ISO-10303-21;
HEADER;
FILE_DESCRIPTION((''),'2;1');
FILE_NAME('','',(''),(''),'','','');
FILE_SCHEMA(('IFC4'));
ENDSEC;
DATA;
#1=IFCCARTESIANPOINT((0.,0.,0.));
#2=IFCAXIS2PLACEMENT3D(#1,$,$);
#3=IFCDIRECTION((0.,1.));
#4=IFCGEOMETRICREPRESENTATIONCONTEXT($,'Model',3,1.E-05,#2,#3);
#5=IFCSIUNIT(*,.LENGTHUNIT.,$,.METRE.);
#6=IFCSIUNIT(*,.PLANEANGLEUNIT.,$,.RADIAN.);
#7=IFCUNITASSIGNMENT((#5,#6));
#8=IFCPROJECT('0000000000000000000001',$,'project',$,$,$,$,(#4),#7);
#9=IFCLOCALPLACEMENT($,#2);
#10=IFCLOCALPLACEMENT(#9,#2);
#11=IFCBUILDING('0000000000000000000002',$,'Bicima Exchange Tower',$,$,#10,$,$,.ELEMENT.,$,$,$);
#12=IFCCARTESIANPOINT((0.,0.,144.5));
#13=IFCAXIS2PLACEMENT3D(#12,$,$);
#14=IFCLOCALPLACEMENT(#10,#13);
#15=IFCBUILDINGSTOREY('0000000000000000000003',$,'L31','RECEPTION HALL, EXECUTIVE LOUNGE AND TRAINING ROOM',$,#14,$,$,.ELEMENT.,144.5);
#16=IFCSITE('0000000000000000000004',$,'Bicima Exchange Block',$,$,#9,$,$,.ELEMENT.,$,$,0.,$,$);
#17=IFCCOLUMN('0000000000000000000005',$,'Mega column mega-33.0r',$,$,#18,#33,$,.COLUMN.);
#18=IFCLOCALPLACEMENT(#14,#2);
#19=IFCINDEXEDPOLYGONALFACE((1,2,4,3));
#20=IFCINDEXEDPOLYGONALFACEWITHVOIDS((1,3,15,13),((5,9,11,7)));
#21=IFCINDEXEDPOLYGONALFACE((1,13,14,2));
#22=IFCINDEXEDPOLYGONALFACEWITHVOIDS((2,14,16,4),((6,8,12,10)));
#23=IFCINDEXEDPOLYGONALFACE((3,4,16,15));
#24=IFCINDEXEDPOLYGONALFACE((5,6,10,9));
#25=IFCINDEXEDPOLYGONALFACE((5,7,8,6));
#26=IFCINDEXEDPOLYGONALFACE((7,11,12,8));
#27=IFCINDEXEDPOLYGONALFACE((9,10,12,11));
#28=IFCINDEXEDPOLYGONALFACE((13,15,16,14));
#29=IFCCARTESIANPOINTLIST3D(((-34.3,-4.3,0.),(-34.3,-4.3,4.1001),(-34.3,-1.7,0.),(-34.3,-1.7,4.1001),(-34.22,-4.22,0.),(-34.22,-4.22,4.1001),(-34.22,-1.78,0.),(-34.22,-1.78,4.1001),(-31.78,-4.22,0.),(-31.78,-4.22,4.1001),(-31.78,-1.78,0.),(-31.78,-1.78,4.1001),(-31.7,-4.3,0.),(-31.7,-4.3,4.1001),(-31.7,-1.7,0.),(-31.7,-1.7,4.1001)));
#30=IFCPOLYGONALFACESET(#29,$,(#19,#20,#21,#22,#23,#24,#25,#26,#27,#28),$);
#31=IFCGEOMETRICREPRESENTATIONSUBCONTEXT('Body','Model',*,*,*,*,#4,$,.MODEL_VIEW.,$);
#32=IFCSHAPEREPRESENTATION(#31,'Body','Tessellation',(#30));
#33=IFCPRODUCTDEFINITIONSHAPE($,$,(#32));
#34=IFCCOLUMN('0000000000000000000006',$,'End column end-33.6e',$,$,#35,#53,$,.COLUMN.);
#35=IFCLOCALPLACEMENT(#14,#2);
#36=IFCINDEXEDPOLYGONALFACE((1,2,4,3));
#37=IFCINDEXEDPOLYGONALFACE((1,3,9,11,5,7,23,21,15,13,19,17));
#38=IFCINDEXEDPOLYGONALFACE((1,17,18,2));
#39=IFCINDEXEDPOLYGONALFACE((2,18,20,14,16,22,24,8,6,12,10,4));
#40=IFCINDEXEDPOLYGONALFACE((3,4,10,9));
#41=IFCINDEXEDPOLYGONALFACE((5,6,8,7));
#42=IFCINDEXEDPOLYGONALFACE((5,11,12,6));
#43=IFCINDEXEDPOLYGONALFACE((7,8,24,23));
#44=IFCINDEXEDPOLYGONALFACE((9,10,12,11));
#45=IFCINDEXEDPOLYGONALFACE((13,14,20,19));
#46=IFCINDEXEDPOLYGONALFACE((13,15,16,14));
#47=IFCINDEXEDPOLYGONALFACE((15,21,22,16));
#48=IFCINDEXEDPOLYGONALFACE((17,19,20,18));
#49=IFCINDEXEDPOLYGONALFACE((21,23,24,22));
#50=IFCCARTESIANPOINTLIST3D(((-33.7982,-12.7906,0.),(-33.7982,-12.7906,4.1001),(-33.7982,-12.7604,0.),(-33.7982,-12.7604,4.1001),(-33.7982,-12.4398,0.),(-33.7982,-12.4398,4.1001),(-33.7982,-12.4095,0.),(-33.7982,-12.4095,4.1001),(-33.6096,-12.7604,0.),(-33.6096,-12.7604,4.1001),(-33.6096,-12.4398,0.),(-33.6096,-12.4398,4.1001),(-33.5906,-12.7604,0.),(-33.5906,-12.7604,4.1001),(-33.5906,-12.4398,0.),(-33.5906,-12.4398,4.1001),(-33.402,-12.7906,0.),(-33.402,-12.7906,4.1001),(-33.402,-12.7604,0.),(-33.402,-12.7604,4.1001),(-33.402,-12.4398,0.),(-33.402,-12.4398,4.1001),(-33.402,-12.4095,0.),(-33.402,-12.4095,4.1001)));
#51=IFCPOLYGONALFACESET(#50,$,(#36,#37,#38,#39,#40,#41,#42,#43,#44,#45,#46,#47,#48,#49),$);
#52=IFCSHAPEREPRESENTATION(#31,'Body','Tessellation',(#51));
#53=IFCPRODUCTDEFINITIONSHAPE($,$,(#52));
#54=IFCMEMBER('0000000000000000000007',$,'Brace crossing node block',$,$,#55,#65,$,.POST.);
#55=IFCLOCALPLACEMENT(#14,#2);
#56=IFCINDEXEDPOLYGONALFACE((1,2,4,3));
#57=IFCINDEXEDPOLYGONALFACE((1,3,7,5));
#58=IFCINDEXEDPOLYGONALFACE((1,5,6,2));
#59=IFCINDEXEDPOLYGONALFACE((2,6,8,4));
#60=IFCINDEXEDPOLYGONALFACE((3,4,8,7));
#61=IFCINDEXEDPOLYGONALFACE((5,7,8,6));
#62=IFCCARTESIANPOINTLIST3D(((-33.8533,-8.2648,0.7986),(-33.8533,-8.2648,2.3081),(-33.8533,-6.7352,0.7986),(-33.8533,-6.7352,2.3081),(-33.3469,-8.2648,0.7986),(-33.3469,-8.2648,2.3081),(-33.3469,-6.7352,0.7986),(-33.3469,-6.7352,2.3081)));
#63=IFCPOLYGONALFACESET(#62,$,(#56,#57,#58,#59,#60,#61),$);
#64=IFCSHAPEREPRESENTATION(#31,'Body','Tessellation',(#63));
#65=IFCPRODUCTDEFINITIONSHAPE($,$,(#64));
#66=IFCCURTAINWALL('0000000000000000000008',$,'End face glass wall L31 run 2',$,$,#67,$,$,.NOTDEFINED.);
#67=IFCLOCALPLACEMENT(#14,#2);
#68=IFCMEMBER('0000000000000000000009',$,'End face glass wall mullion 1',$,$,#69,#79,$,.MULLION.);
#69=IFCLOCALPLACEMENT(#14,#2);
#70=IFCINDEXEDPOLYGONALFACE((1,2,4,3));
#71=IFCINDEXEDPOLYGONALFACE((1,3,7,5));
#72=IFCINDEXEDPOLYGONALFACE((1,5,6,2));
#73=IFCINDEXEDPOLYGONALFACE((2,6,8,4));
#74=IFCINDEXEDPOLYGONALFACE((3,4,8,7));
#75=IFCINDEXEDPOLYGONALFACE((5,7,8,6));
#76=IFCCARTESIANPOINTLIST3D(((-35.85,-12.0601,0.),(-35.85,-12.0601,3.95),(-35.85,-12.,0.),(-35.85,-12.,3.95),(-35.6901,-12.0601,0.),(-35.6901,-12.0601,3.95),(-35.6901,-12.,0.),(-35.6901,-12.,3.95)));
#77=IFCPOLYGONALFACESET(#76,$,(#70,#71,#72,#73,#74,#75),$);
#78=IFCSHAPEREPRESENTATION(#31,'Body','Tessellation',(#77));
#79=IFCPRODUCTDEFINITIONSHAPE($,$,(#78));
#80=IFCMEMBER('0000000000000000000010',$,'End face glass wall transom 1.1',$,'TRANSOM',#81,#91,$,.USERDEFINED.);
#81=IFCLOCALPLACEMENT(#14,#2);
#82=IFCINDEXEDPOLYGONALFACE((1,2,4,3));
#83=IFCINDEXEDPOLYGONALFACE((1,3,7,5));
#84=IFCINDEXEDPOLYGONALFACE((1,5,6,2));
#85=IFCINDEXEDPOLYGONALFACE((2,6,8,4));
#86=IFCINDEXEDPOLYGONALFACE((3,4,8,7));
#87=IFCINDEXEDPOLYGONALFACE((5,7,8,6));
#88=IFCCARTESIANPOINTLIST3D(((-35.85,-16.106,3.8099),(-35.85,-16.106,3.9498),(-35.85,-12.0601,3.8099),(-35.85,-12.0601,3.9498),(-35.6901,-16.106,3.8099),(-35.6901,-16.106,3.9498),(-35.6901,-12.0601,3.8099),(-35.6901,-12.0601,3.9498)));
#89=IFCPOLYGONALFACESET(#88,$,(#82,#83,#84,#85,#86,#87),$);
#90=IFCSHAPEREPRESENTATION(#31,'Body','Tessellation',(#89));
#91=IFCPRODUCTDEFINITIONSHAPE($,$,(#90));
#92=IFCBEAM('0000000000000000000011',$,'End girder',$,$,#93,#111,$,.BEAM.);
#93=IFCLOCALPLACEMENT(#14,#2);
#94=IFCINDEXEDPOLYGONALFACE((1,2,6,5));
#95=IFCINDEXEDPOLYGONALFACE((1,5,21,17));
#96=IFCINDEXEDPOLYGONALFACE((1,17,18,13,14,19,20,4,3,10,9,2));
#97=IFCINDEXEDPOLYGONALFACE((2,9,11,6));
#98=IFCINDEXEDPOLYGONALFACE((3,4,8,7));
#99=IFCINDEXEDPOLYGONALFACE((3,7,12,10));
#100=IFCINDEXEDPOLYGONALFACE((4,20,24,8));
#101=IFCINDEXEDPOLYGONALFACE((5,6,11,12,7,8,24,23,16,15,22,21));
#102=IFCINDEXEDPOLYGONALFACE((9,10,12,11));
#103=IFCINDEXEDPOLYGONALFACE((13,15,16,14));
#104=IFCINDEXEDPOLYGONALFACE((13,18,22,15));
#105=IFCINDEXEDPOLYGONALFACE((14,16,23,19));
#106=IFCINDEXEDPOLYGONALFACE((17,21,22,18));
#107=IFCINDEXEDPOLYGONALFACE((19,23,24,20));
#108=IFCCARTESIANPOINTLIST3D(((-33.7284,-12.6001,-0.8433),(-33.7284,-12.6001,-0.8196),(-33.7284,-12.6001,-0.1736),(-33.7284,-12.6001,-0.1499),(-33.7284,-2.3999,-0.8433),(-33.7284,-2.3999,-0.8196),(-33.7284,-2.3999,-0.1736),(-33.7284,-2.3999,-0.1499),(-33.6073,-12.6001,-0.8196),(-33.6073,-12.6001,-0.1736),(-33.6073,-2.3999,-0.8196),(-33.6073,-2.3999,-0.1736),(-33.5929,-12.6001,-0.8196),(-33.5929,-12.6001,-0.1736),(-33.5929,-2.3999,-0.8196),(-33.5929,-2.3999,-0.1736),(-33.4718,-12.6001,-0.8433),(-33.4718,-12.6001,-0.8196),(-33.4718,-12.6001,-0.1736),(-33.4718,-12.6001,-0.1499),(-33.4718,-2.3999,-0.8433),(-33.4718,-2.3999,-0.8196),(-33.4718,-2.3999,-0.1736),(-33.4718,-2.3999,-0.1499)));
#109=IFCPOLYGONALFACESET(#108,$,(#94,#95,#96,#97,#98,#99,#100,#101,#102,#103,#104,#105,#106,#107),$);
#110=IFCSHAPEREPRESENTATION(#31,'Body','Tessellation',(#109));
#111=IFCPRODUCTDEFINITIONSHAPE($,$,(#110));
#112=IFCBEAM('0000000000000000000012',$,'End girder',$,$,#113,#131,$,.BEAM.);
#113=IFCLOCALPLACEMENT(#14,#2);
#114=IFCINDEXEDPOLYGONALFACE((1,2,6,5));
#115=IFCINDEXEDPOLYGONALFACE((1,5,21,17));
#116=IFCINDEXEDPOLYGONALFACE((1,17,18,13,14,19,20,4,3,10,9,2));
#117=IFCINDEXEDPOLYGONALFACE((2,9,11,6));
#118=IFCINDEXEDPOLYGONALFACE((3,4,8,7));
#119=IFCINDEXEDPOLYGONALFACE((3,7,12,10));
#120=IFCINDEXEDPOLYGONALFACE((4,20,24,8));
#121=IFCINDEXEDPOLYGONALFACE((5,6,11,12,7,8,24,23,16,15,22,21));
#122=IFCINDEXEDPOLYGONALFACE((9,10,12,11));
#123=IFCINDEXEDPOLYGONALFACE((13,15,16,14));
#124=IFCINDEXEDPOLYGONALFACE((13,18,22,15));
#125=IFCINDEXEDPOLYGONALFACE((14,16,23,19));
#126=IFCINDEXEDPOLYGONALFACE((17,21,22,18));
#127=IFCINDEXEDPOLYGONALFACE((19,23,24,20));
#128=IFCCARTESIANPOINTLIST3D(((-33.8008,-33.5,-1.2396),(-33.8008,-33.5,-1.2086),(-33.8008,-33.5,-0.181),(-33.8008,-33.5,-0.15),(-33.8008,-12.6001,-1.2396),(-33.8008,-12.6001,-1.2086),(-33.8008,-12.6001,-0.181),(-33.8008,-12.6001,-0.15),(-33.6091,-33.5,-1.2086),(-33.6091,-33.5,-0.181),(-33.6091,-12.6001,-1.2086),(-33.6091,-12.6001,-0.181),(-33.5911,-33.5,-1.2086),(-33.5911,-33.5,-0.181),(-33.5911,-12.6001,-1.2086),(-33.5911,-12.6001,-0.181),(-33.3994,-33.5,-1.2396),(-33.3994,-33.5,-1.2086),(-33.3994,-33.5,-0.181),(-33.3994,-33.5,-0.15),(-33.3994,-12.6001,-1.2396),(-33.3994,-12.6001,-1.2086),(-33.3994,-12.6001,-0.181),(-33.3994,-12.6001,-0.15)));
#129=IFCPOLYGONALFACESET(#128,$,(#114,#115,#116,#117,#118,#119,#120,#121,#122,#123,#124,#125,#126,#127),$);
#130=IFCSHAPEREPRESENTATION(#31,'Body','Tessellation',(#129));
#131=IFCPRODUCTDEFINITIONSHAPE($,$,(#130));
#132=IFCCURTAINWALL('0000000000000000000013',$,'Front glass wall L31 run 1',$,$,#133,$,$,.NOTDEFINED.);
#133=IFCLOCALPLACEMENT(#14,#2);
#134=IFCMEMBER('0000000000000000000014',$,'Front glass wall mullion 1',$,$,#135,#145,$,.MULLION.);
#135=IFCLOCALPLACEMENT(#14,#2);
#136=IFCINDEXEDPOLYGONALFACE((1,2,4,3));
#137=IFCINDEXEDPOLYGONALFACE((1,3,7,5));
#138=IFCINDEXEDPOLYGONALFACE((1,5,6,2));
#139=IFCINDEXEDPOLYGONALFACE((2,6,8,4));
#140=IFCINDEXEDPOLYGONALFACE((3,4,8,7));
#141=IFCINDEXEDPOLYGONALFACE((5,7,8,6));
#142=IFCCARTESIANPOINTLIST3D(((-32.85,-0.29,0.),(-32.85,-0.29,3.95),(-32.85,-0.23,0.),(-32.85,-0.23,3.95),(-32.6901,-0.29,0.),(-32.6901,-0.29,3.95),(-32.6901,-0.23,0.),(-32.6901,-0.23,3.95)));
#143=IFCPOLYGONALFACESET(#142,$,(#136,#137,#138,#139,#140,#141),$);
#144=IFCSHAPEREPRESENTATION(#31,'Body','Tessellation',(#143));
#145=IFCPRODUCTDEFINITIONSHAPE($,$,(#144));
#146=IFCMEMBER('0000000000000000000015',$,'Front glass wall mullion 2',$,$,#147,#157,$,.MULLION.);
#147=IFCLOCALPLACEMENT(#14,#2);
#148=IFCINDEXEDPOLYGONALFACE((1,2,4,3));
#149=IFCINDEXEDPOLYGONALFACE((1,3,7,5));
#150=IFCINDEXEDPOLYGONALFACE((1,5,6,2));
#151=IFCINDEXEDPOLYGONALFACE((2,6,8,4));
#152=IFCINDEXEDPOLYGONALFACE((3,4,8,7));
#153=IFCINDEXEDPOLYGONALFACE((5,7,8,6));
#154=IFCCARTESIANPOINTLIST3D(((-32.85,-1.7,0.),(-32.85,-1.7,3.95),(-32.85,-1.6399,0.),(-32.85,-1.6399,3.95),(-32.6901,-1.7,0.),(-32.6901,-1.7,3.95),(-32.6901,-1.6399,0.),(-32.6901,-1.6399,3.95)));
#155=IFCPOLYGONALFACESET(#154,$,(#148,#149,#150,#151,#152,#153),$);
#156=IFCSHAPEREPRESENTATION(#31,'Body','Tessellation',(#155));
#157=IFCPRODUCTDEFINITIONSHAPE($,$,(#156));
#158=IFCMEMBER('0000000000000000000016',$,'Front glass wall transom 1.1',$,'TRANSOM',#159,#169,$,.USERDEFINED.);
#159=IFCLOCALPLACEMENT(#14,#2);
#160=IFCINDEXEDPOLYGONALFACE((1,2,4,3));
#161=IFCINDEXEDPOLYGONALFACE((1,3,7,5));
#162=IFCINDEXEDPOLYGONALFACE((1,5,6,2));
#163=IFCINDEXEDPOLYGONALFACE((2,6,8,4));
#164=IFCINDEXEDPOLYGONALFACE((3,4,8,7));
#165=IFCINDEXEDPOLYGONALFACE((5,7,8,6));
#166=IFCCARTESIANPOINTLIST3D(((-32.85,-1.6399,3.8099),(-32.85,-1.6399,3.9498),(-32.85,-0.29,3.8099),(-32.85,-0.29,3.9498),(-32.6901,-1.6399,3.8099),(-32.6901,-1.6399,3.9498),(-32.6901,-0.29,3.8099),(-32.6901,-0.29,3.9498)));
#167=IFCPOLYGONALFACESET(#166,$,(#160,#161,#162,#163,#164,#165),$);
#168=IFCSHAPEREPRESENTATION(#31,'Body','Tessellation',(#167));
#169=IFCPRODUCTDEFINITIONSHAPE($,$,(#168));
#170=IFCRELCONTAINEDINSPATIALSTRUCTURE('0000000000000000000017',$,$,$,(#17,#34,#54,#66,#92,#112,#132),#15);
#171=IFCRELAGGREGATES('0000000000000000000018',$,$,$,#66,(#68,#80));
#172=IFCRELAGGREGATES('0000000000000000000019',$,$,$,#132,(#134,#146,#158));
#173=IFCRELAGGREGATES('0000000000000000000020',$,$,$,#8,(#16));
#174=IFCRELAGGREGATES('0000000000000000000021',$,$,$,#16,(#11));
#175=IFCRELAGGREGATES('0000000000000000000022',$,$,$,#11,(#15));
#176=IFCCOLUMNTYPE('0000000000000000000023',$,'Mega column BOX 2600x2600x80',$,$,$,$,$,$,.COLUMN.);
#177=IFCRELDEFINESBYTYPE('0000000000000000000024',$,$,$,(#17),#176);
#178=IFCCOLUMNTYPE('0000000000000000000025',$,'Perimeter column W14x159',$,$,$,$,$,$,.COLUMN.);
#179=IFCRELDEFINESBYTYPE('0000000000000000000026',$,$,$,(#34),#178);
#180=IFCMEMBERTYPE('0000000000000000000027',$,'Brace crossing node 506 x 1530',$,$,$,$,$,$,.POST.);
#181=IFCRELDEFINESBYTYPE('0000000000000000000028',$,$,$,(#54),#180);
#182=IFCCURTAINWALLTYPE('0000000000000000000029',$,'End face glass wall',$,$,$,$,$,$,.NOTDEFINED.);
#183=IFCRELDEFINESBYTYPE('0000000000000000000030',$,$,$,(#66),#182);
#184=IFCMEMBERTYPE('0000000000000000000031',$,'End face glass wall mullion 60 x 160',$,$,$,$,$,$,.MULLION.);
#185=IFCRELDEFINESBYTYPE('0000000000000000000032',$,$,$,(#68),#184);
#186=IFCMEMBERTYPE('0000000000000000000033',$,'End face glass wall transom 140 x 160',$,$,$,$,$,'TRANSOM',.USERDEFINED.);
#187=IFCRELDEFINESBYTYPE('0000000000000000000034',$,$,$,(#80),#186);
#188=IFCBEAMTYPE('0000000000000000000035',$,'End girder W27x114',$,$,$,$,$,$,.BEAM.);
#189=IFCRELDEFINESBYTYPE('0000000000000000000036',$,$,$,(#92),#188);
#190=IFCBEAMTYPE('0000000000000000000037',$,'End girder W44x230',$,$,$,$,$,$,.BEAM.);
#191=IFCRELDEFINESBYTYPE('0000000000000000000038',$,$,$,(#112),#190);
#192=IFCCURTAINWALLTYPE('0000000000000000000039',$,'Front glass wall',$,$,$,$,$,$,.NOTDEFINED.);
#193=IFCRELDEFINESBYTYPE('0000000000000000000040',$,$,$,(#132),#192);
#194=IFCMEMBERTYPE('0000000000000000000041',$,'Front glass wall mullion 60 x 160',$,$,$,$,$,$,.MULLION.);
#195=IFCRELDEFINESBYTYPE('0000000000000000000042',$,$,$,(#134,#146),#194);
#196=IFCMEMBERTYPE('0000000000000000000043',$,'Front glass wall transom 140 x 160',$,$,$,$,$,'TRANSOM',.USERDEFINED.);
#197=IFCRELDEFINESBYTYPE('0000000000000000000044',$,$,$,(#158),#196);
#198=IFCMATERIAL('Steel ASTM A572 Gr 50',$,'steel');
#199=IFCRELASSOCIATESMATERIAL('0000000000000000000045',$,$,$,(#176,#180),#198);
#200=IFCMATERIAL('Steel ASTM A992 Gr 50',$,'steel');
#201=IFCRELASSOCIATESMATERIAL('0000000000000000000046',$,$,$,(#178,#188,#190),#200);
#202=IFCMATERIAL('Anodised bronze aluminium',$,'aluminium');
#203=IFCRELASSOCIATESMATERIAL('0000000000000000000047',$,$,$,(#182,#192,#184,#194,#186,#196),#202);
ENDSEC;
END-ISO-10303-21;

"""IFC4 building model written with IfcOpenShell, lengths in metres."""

from ifc_helpers import new_model, si_unit, direction, frame, origin, origin_2d, place, context, subcontext, project, spatial, rectangle, hollow_rectangle, i_section, extrude, material, material_profile, profile_set, type_object, element, aggregate, save


model = new_model("IFC4")

# Units and contexts
model_context = context("Model", 3, precision=1e-05, world=origin(), true_north=direction((0.0, 1.0)))
body_context = subcontext(model_context, "Body", "Model", "MODEL_VIEW")
ifc_project = project(units=[si_unit("LENGTHUNIT", "METRE"), si_unit("PLANEANGLEUNIT", "RADIAN")], contexts=[model_context])

# Site, building, storey
site_placement = place(None, origin())
site = spatial("IfcSite", under=ifc_project, at=site_placement, Name="Bicima Exchange Block", CompositionType="ELEMENT", RefElevation=0.0)
building_placement = place(site_placement, origin())
building = spatial("IfcBuilding", under=site, at=building_placement, Name="Bicima Exchange Tower", CompositionType="ELEMENT")
storey_placement = place(building_placement, frame((0.0, 0.0, 144.5)))
storey = spatial("IfcBuildingStorey", under=building, at=storey_placement, Name="L31", Description="RECEPTION HALL, EXECUTIVE LOUNGE AND TRAINING ROOM", CompositionType="ELEMENT", Elevation=144.5)

# Columns
ifc_material_1 = material(Name="Steel ASTM A572 Gr 50", Category="steel")
ifc_material_profile_1 = material_profile(ifc_material_1, hollow_rectangle(XDim=2.6001, YDim=2.6001, WallThickness=0.0801, at=origin_2d()))
ifc_profile_set_1 = profile_set([ifc_material_profile_1], Name="Steel ASTM A572 Gr 50")
column_type_1 = type_object("IfcColumnType", Name="Mega column BOX 2600x2600x80", PredefinedType="COLUMN", material=ifc_profile_set_1)
column_1_placement = place(storey_placement, frame((-33.0, -3.0, 0.0), z_axis=(0.0, 0.0, 1.0), x_axis=(1.0, 0.0, 0.0)))
element("IfcColumn", 1, at=column_1_placement, inside=storey, type_object=column_type_1, Name="Mega column mega-33.0r", PredefinedType="COLUMN", context=body_context, shape_type="SweptSolid", body=[
    extrude(hollow_rectangle(XDim=2.6001, YDim=2.6001, WallThickness=0.0801, at=origin_2d()), origin(), (0.0, 0.0, 1.0), 4.1001),
])
ifc_material_2 = material(Name="Steel ASTM A992 Gr 50", Category="steel")
ifc_material_profile_2 = material_profile(ifc_material_2, i_section(OverallWidth=0.3962, OverallDepth=0.3811, WebThickness=0.019, FlangeThickness=0.0303, at=origin_2d()))
ifc_profile_set_2 = profile_set([ifc_material_profile_2], Name="Steel ASTM A992 Gr 50")
column_type_2 = type_object("IfcColumnType", Name="Perimeter column W14x159", PredefinedType="COLUMN", material=ifc_profile_set_2)
column_2_placement = place(storey_placement, frame((-33.6001, -12.6001, 0.0), z_axis=(0.0, 0.0, 1.0), x_axis=(1.0, 0.0, 0.0)))
element("IfcColumn", 2, at=column_2_placement, inside=storey, type_object=column_type_2, Name="End column end-33.6e", PredefinedType="COLUMN", context=body_context, shape_type="SweptSolid", body=[
    extrude(i_section(OverallWidth=0.3962, OverallDepth=0.3811, WebThickness=0.019, FlangeThickness=0.0303, at=origin_2d()), origin(), (0.0, 0.0, 1.0), 4.1001),
])

# Member
ifc_material_profile_3 = material_profile(ifc_material_1, rectangle(XDim=0.5063, YDim=1.5295, at=origin_2d()))
ifc_profile_set_3 = profile_set([ifc_material_profile_3], Name="Steel ASTM A572 Gr 50")
member_type_1 = type_object("IfcMemberType", Name="Brace crossing node 506 x 1530", PredefinedType="POST", material=ifc_profile_set_3)
member_1_placement = place(storey_placement, frame((-33.6001, -7.5, 0.7986), z_axis=(0.0, 0.0, 1.0), x_axis=(1.0, 0.0, 0.0)))
element("IfcMember", 3, at=member_1_placement, inside=storey, type_object=member_type_1, Name="Brace crossing node block", PredefinedType="POST", context=body_context, shape_type="SweptSolid", body=[
    extrude(rectangle(XDim=0.5063, YDim=1.5295, at=origin_2d()), origin(), (0.0, 0.0, 1.0), 1.5095),
])

# Curtain wall, members
ifc_material_3 = material(Name="Anodised bronze aluminium", Category="aluminium")
curtain_wall_type_1 = type_object("IfcCurtainWallType", Name="End face glass wall", PredefinedType="NOTDEFINED", material=ifc_material_3)
curtain_wall_1_placement = place(storey_placement, origin())
curtain_wall_1 = element("IfcCurtainWall", 4, at=curtain_wall_1_placement, inside=storey, type_object=curtain_wall_type_1, Name="End face glass wall L31 run 2", PredefinedType="NOTDEFINED")
ifc_material_profile_4 = material_profile(ifc_material_3, rectangle(XDim=0.1599, YDim=0.0601, at=origin_2d()))
ifc_profile_set_4 = profile_set([ifc_material_profile_4], Name="Anodised bronze aluminium")
member_type_2 = type_object("IfcMemberType", Name="End face glass wall mullion 60 x 160", PredefinedType="MULLION", material=ifc_profile_set_4)
member_2_placement = place(storey_placement, frame((-35.77, -12.03, 0.0), z_axis=(0.0, 0.0, 1.0), x_axis=(1.0, 0.0, 0.0)))
member_2 = element("IfcMember", 5, at=member_2_placement, type_object=member_type_2, Name="End face glass wall mullion 1", PredefinedType="MULLION", context=body_context, shape_type="SweptSolid", body=[
    extrude(rectangle(XDim=0.1599, YDim=0.0601, at=origin_2d()), origin(), (0.0, 0.0, 1.0), 3.95),
])
ifc_material_profile_5 = material_profile(ifc_material_3, rectangle(XDim=0.1599, YDim=0.1399, at=origin_2d()))
ifc_profile_set_5 = profile_set([ifc_material_profile_5], Name="Anodised bronze aluminium")
member_type_3 = type_object("IfcMemberType", Name="End face glass wall transom 140 x 160", ElementType="TRANSOM", PredefinedType="USERDEFINED", material=ifc_profile_set_5)
member_3_placement = place(storey_placement, frame((-35.77, -12.0601, 3.8799), z_axis=(0.0, -1.0, 0.0), x_axis=(1.0, 0.0, 0.0)))
member_3 = element("IfcMember", 6, at=member_3_placement, type_object=member_type_3, Name="End face glass wall transom 1.1", ObjectType="TRANSOM", PredefinedType="USERDEFINED", context=body_context, shape_type="SweptSolid", body=[
    extrude(rectangle(XDim=0.1599, YDim=0.1399, at=origin_2d()), origin(), (0.0, 0.0, 1.0), 4.0459),
])
aggregate(curtain_wall_1, [member_2, member_3])

# Beams
ifc_material_profile_6 = material_profile(ifc_material_2, i_section(OverallWidth=0.2566, OverallDepth=0.6934, WebThickness=0.0144, FlangeThickness=0.0237, at=origin_2d()))
ifc_profile_set_6 = profile_set([ifc_material_profile_6], Name="Steel ASTM A992 Gr 50")
beam_type_1 = type_object("IfcBeamType", Name="End girder W27x114", PredefinedType="BEAM", material=ifc_profile_set_6)
beam_1_placement = place(storey_placement, frame((-33.6001, -2.3999, -0.4966), z_axis=(0.0, -1.0, 0.0), x_axis=(1.0, 0.0, 0.0)))
element("IfcBeam", 7, at=beam_1_placement, inside=storey, type_object=beam_type_1, Name="End girder", PredefinedType="BEAM", context=body_context, shape_type="SweptSolid", body=[
    extrude(i_section(OverallWidth=0.2566, OverallDepth=0.6934, WebThickness=0.0144, FlangeThickness=0.0237, at=origin_2d()), origin(), (0.0, 0.0, 1.0), 10.2002),
])
ifc_material_profile_7 = material_profile(ifc_material_2, i_section(OverallWidth=0.4014, OverallDepth=1.0896, WebThickness=0.0181, FlangeThickness=0.031, at=origin_2d()))
ifc_profile_set_7 = profile_set([ifc_material_profile_7], Name="Steel ASTM A992 Gr 50")
beam_type_2 = type_object("IfcBeamType", Name="End girder W44x230", PredefinedType="BEAM", material=ifc_profile_set_7)
beam_2_placement = place(storey_placement, frame((-33.6001, -12.6001, -0.6948), z_axis=(0.0, -1.0, 0.0), x_axis=(1.0, 0.0, 0.0)))
element("IfcBeam", 8, at=beam_2_placement, inside=storey, type_object=beam_type_2, Name="End girder", PredefinedType="BEAM", context=body_context, shape_type="SweptSolid", body=[
    extrude(i_section(OverallWidth=0.4014, OverallDepth=1.0896, WebThickness=0.0181, FlangeThickness=0.031, at=origin_2d()), origin(), (0.0, 0.0, 1.0), 20.8999),
])

# Curtain wall, members
curtain_wall_type_2 = type_object("IfcCurtainWallType", Name="Front glass wall", PredefinedType="NOTDEFINED", material=ifc_material_3)
curtain_wall_2_placement = place(storey_placement, origin())
curtain_wall_2 = element("IfcCurtainWall", 9, at=curtain_wall_2_placement, inside=storey, type_object=curtain_wall_type_2, Name="Front glass wall L31 run 1", PredefinedType="NOTDEFINED")
member_type_4 = type_object("IfcMemberType", Name="Front glass wall mullion 60 x 160", PredefinedType="MULLION", material=ifc_profile_set_4)
member_4_placement = place(storey_placement, frame((-32.77, -0.26, 0.0), z_axis=(0.0, 0.0, 1.0), x_axis=(1.0, 0.0, 0.0)))
member_4 = element("IfcMember", 10, at=member_4_placement, type_object=member_type_4, Name="Front glass wall mullion 1", PredefinedType="MULLION", context=body_context, shape_type="SweptSolid", body=[
    extrude(rectangle(XDim=0.1599, YDim=0.0601, at=origin_2d()), origin(), (0.0, 0.0, 1.0), 3.95),
])
member_5_placement = place(storey_placement, frame((-32.77, -1.6699, 0.0), z_axis=(0.0, 0.0, 1.0), x_axis=(1.0, 0.0, 0.0)))
member_5 = element("IfcMember", 11, at=member_5_placement, type_object=member_type_4, Name="Front glass wall mullion 2", PredefinedType="MULLION", context=body_context, shape_type="SweptSolid", body=[
    extrude(rectangle(XDim=0.1599, YDim=0.0601, at=origin_2d()), origin(), (0.0, 0.0, 1.0), 3.95),
])
member_type_5 = type_object("IfcMemberType", Name="Front glass wall transom 140 x 160", ElementType="TRANSOM", PredefinedType="USERDEFINED", material=ifc_profile_set_5)
member_6_placement = place(storey_placement, frame((-32.77, -0.29, 3.8799), z_axis=(0.0, -1.0, 0.0), x_axis=(1.0, 0.0, 0.0)))
member_6 = element("IfcMember", 12, at=member_6_placement, type_object=member_type_5, Name="Front glass wall transom 1.1", ObjectType="TRANSOM", PredefinedType="USERDEFINED", context=body_context, shape_type="SweptSolid", body=[
    extrude(rectangle(XDim=0.1599, YDim=0.1399, at=origin_2d()), origin(), (0.0, 0.0, 1.0), 1.3499),
])

aggregate(curtain_wall_2, [member_4, member_5, member_6])

save(model, "model.ifc")
